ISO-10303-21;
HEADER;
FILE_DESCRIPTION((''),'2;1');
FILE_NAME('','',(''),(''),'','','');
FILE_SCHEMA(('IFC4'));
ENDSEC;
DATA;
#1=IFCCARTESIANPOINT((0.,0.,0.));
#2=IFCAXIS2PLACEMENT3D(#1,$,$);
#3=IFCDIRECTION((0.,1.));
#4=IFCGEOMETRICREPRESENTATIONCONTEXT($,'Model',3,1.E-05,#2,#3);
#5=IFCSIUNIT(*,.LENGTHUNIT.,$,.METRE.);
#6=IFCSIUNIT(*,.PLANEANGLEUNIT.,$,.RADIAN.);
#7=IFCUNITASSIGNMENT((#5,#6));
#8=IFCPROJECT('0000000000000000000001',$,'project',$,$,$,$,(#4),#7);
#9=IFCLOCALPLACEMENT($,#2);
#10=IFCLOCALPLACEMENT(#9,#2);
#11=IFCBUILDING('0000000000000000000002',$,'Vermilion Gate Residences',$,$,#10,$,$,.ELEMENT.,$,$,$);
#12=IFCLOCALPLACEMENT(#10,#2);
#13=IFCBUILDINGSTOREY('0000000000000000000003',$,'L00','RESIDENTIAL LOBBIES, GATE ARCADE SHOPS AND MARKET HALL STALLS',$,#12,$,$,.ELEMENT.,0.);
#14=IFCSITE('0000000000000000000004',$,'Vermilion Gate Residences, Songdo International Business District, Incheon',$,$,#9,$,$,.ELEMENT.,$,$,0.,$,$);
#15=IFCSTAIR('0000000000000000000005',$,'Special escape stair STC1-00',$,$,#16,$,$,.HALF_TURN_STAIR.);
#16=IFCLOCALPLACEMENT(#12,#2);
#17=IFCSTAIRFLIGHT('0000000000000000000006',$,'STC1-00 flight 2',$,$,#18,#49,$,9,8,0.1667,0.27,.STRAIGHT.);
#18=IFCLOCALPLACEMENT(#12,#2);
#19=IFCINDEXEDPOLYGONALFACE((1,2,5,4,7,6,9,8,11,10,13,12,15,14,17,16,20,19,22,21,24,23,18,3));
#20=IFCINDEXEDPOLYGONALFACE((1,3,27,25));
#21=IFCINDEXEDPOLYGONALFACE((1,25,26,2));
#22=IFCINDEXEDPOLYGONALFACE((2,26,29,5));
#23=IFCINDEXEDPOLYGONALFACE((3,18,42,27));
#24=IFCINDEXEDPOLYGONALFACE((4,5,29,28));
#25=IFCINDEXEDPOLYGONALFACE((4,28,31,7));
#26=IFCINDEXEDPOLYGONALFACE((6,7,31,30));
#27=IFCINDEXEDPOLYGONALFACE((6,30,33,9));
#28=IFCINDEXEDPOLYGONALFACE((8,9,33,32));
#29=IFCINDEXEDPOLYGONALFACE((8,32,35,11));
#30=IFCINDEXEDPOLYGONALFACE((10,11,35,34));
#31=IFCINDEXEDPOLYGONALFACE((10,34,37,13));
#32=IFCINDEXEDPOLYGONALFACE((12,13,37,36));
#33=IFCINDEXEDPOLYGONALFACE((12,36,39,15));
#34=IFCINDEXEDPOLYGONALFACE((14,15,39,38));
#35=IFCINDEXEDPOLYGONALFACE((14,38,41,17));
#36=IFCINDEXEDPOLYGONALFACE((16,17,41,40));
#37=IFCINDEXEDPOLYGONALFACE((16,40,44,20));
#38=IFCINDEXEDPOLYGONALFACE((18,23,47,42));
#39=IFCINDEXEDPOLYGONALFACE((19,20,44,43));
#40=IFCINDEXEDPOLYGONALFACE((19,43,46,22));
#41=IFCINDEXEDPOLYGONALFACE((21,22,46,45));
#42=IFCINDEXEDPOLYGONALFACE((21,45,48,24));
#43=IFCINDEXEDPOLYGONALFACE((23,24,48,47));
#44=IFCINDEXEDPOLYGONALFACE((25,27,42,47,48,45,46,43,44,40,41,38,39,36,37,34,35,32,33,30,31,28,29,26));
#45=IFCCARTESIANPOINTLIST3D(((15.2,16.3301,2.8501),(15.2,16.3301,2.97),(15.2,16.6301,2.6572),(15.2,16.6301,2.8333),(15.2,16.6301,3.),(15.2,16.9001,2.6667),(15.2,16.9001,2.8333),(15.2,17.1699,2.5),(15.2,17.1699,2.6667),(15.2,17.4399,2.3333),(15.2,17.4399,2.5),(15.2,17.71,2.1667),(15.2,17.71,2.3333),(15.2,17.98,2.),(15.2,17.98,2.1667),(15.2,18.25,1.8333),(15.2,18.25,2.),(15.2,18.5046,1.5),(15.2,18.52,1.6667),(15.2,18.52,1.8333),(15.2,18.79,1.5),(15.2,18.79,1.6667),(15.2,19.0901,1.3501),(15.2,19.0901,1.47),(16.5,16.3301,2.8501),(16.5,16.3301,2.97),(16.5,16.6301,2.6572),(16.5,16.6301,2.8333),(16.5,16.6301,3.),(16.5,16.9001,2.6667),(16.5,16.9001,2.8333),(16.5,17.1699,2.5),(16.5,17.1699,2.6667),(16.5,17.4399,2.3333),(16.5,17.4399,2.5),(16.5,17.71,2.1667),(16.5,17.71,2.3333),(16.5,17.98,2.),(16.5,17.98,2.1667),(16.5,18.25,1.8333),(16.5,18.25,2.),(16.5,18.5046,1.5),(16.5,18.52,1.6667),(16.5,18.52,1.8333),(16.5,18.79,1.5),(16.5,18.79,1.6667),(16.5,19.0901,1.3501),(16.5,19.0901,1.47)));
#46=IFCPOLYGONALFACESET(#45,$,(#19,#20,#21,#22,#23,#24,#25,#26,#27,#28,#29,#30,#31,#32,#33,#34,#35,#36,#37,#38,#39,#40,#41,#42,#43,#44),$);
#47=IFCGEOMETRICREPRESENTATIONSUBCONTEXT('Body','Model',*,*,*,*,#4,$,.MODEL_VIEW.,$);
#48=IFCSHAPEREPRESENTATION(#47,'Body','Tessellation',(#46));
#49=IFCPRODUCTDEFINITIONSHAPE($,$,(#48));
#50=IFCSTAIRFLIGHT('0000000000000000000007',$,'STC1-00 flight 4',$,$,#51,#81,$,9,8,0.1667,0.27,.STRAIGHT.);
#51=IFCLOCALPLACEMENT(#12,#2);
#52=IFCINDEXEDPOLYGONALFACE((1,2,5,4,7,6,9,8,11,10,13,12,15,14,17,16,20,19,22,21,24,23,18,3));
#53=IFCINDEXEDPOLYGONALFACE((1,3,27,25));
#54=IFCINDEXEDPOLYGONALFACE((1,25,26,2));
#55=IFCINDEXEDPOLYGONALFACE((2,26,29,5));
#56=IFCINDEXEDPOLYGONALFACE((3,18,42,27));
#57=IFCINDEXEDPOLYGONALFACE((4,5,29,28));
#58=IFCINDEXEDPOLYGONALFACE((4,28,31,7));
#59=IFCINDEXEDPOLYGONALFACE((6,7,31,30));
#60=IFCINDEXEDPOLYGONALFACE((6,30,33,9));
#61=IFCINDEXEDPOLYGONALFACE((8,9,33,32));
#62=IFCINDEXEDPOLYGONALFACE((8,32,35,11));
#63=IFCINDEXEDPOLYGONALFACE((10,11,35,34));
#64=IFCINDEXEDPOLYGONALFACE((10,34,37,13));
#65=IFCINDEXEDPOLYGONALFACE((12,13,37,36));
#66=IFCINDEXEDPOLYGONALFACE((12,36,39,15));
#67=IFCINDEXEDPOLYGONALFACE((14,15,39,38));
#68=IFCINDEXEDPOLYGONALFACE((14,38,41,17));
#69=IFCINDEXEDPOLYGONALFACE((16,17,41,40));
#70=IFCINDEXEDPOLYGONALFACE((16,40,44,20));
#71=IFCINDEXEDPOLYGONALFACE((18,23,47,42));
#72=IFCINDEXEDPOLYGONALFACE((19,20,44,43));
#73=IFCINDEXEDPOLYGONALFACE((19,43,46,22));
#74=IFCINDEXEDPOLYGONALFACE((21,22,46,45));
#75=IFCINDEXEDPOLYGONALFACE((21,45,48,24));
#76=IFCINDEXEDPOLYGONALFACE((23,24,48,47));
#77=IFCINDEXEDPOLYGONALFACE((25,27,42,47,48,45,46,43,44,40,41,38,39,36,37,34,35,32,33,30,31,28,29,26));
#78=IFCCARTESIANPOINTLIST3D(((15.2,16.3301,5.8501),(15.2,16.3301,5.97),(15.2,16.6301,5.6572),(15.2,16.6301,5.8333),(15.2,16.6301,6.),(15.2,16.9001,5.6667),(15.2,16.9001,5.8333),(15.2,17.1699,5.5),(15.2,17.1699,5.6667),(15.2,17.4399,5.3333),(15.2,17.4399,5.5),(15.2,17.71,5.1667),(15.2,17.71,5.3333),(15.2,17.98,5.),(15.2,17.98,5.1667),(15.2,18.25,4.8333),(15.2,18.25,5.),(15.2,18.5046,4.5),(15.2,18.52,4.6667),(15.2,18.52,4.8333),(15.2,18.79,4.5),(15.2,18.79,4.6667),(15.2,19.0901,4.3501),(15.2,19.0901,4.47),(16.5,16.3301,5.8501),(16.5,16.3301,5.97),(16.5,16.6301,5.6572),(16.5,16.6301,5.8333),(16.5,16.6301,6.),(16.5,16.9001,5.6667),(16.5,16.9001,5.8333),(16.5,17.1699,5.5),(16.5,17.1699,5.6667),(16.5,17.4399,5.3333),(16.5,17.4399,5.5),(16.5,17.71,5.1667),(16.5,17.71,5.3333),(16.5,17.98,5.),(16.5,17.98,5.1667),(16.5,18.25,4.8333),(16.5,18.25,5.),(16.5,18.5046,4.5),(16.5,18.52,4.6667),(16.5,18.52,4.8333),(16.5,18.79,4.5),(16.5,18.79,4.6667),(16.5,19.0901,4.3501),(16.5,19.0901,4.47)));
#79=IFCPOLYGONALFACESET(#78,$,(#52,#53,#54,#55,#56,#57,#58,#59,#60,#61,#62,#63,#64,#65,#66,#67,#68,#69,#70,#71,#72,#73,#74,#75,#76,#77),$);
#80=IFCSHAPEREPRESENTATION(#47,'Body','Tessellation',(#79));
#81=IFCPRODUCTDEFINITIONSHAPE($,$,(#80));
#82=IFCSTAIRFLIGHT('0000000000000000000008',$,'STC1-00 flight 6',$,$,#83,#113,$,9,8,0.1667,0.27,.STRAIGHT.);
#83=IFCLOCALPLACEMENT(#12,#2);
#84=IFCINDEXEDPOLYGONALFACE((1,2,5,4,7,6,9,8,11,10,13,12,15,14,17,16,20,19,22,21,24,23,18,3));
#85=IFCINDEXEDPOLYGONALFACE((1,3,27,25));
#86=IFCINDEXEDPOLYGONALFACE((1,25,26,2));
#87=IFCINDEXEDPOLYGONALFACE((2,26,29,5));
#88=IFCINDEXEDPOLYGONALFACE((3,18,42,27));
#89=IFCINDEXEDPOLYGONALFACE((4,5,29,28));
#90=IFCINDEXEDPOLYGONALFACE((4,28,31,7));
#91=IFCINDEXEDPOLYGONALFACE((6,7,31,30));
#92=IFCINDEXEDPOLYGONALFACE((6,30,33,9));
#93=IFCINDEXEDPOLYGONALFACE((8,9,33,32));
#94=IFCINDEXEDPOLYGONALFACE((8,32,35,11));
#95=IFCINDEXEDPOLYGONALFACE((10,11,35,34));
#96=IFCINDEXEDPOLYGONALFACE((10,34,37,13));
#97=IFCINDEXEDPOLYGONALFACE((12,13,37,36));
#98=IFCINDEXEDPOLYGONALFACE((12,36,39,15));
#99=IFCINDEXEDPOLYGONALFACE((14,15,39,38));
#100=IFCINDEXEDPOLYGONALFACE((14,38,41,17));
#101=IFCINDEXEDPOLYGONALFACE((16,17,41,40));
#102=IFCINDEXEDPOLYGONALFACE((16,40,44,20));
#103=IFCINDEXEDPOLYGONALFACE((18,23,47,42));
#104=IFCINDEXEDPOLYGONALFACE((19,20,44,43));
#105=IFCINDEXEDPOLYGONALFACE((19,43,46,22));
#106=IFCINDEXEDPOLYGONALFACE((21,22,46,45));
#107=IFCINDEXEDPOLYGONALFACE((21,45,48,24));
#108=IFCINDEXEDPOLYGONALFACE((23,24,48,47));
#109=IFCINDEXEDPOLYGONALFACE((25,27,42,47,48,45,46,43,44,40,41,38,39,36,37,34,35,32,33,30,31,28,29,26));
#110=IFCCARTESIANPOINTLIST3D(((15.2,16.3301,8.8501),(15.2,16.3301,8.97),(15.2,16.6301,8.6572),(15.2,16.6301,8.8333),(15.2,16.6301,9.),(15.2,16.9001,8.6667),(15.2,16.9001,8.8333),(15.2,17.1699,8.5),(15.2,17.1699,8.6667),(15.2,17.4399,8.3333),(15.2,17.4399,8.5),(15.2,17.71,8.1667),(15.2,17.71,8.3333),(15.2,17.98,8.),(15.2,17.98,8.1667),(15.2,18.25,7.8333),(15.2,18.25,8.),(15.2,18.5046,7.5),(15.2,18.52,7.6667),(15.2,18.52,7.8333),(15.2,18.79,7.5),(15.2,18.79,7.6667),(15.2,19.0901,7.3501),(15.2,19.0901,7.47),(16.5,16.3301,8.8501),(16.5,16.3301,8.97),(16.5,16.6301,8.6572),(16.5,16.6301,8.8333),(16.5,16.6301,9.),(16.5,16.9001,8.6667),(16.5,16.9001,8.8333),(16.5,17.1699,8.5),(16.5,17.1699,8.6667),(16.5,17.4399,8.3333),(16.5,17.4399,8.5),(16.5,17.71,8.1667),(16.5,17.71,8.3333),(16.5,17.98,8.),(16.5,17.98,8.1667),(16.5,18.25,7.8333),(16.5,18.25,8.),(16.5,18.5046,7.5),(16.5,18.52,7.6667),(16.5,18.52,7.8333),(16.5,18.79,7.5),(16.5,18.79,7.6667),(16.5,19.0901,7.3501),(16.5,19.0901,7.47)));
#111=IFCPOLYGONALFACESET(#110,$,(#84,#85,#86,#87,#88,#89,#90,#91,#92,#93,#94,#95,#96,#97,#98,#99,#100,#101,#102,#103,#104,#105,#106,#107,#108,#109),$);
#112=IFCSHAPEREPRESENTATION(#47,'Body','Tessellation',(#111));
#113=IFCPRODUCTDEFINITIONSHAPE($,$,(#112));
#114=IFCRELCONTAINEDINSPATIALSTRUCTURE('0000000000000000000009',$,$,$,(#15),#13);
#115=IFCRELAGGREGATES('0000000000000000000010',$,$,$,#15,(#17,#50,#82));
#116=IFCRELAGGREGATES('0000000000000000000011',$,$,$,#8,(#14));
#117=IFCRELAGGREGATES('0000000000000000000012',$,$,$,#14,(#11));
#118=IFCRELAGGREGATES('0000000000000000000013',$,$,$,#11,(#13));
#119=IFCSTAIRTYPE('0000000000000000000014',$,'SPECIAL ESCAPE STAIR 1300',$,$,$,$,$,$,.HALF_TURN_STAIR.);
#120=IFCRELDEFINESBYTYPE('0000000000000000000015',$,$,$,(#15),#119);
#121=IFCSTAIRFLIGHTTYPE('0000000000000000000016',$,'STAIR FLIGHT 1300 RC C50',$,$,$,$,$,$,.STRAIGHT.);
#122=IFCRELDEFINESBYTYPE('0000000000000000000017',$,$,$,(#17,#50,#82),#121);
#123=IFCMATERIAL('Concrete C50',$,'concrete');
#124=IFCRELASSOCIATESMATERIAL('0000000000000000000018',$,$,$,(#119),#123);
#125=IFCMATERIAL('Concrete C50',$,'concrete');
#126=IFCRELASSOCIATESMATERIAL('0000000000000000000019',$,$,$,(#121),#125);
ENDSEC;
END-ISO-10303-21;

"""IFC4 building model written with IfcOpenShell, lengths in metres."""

from ifc_helpers import new_model, si_unit, direction, frame, origin, place, context, subcontext, project, spatial, polyline, outline, extrude, material, type_object, element, aggregate, save


model = new_model("IFC4")

# Units and contexts
model_context = context("Model", 3, precision=1e-05, world=origin(), true_north=direction((0.0, 1.0)))
body_context = subcontext(model_context, "Body", "Model", "MODEL_VIEW")
ifc_project = project(units=[si_unit("LENGTHUNIT", "METRE"), si_unit("PLANEANGLEUNIT", "RADIAN")], contexts=[model_context])

# Site, building, storey
site_placement = place(None, origin())
site = spatial("IfcSite", under=ifc_project, at=site_placement, Name="Vermilion Gate Residences, Songdo International Business District, Incheon", CompositionType="ELEMENT", RefElevation=0.0)
building_placement = place(site_placement, origin())
building = spatial("IfcBuilding", under=site, at=building_placement, Name="Vermilion Gate Residences", CompositionType="ELEMENT")
storey_placement = place(building_placement, origin())
storey = spatial("IfcBuildingStorey", under=building, at=storey_placement, Name="L00", Description="RESIDENTIAL LOBBIES, GATE ARCADE SHOPS AND MARKET HALL STALLS", CompositionType="ELEMENT", Elevation=0.0)

# Stair, stair flights
ifc_material_1 = material(Name="Concrete C50", Category="concrete")
stair_type = type_object("IfcStairType", Name="SPECIAL ESCAPE STAIR 1300", PredefinedType="HALF_TURN_STAIR", material=ifc_material_1)
stair_placement = place(storey_placement, origin())
stair = element("IfcStair", 1, at=stair_placement, inside=storey, type_object=stair_type, Name="Special escape stair STC1-00", PredefinedType="HALF_TURN_STAIR")
ifc_material_2 = material(Name="Concrete C50", Category="concrete")
stair_flight_type = type_object("IfcStairFlightType", Name="STAIR FLIGHT 1300 RC C50", PredefinedType="STRAIGHT", material=ifc_material_2)
stair_flight_1_placement = place(storey_placement, frame((15.8501, 18.79, 1.5), z_axis=(0.0, 0.0, 1.0), x_axis=(0.0, -1.0, 0.0)))
stair_flight_1 = element("IfcStairFlight", 2, at=stair_flight_1_placement, type_object=stair_flight_type, Name="STC1-00 flight 2", NumberOfRisers=9, NumberOfTreads=8, PredefinedType="STRAIGHT", RiserHeight=0.1667, TreadLength=0.27, context=body_context, shape_type="SweptSolid", body=[
    extrude(outline(polyline([(-0.3, -0.1499), (-0.3, -0.03), (0.0, 0.0), (0.0, 0.1667), (0.27, 0.1667), (0.27, 0.3333), (0.54, 0.3333), (0.54, 0.5), (0.8101, 0.5), (0.8101, 0.6667), (1.0801, 0.6667), (1.0801, 0.8333), (1.3501, 0.8333), (1.3501, 1.0), (1.6201, 1.0), (1.6201, 1.1667), (1.8899, 1.1667), (1.8899, 1.3333), (2.1599, 1.3333), (2.1599, 1.5), (2.46, 1.47), (2.46, 1.3501), (2.1599, 1.1572), (0.2854, 0.0), (-0.3, -0.1499)])), frame((0.0, 0.6499, 0.0), z_axis=(0.0, -1.0, 0.0), x_axis=(1.0, 0.0, 0.0)), (0.0, 0.0, 1.0), 1.3),
])
stair_flight_2_placement = place(storey_placement, frame((15.8501, 18.79, 4.5), z_axis=(0.0, 0.0, 1.0), x_axis=(0.0, -1.0, 0.0)))
stair_flight_2 = element("IfcStairFlight", 3, at=stair_flight_2_placement, type_object=stair_flight_type, Name="STC1-00 flight 4", NumberOfRisers=9, NumberOfTreads=8, PredefinedType="STRAIGHT", RiserHeight=0.1667, TreadLength=0.27, context=body_context, shape_type="SweptSolid", body=[
    extrude(outline(polyline([(-0.3, -0.1499), (-0.3, -0.03), (0.0, 0.0), (0.0, 0.1667), (0.27, 0.1667), (0.27, 0.3333), (0.54, 0.3333), (0.54, 0.5), (0.8101, 0.5), (0.8101, 0.6667), (1.0801, 0.6667), (1.0801, 0.8333), (1.3501, 0.8333), (1.3501, 1.0), (1.6201, 1.0), (1.6201, 1.1667), (1.8899, 1.1667), (1.8899, 1.3333), (2.1599, 1.3333), (2.1599, 1.5), (2.46, 1.47), (2.46, 1.3501), (2.1599, 1.1572), (0.2854, 0.0), (-0.3, -0.1499)])), frame((0.0, 0.6499, 0.0), z_axis=(0.0, -1.0, 0.0), x_axis=(1.0, 0.0, 0.0)), (0.0, 0.0, 1.0), 1.3),
])
stair_flight_3_placement = place(storey_placement, frame((15.8501, 18.79, 7.5), z_axis=(0.0, 0.0, 1.0), x_axis=(0.0, -1.0, 0.0)))
stair_flight_3 = element("IfcStairFlight", 4, at=stair_flight_3_placement, type_object=stair_flight_type, Name="STC1-00 flight 6", NumberOfRisers=9, NumberOfTreads=8, PredefinedType="STRAIGHT", RiserHeight=0.1667, TreadLength=0.27, context=body_context, shape_type="SweptSolid", body=[
    extrude(outline(polyline([(-0.3, -0.1499), (-0.3, -0.03), (0.0, 0.0), (0.0, 0.1667), (0.27, 0.1667), (0.27, 0.3333), (0.54, 0.3333), (0.54, 0.5), (0.8101, 0.5), (0.8101, 0.6667), (1.0801, 0.6667), (1.0801, 0.8333), (1.3501, 0.8333), (1.3501, 1.0), (1.6201, 1.0), (1.6201, 1.1667), (1.8899, 1.1667), (1.8899, 1.3333), (2.1599, 1.3333), (2.1599, 1.5), (2.46, 1.47), (2.46, 1.3501), (2.1599, 1.1572), (0.2854, 0.0), (-0.3, -0.1499)])), frame((0.0, 0.6499, 0.0), z_axis=(0.0, -1.0, 0.0), x_axis=(1.0, 0.0, 0.0)), (0.0, 0.0, 1.0), 1.3),
])
aggregate(stair, [stair_flight_1, stair_flight_2, stair_flight_3])

save(model, "model.ifc")
